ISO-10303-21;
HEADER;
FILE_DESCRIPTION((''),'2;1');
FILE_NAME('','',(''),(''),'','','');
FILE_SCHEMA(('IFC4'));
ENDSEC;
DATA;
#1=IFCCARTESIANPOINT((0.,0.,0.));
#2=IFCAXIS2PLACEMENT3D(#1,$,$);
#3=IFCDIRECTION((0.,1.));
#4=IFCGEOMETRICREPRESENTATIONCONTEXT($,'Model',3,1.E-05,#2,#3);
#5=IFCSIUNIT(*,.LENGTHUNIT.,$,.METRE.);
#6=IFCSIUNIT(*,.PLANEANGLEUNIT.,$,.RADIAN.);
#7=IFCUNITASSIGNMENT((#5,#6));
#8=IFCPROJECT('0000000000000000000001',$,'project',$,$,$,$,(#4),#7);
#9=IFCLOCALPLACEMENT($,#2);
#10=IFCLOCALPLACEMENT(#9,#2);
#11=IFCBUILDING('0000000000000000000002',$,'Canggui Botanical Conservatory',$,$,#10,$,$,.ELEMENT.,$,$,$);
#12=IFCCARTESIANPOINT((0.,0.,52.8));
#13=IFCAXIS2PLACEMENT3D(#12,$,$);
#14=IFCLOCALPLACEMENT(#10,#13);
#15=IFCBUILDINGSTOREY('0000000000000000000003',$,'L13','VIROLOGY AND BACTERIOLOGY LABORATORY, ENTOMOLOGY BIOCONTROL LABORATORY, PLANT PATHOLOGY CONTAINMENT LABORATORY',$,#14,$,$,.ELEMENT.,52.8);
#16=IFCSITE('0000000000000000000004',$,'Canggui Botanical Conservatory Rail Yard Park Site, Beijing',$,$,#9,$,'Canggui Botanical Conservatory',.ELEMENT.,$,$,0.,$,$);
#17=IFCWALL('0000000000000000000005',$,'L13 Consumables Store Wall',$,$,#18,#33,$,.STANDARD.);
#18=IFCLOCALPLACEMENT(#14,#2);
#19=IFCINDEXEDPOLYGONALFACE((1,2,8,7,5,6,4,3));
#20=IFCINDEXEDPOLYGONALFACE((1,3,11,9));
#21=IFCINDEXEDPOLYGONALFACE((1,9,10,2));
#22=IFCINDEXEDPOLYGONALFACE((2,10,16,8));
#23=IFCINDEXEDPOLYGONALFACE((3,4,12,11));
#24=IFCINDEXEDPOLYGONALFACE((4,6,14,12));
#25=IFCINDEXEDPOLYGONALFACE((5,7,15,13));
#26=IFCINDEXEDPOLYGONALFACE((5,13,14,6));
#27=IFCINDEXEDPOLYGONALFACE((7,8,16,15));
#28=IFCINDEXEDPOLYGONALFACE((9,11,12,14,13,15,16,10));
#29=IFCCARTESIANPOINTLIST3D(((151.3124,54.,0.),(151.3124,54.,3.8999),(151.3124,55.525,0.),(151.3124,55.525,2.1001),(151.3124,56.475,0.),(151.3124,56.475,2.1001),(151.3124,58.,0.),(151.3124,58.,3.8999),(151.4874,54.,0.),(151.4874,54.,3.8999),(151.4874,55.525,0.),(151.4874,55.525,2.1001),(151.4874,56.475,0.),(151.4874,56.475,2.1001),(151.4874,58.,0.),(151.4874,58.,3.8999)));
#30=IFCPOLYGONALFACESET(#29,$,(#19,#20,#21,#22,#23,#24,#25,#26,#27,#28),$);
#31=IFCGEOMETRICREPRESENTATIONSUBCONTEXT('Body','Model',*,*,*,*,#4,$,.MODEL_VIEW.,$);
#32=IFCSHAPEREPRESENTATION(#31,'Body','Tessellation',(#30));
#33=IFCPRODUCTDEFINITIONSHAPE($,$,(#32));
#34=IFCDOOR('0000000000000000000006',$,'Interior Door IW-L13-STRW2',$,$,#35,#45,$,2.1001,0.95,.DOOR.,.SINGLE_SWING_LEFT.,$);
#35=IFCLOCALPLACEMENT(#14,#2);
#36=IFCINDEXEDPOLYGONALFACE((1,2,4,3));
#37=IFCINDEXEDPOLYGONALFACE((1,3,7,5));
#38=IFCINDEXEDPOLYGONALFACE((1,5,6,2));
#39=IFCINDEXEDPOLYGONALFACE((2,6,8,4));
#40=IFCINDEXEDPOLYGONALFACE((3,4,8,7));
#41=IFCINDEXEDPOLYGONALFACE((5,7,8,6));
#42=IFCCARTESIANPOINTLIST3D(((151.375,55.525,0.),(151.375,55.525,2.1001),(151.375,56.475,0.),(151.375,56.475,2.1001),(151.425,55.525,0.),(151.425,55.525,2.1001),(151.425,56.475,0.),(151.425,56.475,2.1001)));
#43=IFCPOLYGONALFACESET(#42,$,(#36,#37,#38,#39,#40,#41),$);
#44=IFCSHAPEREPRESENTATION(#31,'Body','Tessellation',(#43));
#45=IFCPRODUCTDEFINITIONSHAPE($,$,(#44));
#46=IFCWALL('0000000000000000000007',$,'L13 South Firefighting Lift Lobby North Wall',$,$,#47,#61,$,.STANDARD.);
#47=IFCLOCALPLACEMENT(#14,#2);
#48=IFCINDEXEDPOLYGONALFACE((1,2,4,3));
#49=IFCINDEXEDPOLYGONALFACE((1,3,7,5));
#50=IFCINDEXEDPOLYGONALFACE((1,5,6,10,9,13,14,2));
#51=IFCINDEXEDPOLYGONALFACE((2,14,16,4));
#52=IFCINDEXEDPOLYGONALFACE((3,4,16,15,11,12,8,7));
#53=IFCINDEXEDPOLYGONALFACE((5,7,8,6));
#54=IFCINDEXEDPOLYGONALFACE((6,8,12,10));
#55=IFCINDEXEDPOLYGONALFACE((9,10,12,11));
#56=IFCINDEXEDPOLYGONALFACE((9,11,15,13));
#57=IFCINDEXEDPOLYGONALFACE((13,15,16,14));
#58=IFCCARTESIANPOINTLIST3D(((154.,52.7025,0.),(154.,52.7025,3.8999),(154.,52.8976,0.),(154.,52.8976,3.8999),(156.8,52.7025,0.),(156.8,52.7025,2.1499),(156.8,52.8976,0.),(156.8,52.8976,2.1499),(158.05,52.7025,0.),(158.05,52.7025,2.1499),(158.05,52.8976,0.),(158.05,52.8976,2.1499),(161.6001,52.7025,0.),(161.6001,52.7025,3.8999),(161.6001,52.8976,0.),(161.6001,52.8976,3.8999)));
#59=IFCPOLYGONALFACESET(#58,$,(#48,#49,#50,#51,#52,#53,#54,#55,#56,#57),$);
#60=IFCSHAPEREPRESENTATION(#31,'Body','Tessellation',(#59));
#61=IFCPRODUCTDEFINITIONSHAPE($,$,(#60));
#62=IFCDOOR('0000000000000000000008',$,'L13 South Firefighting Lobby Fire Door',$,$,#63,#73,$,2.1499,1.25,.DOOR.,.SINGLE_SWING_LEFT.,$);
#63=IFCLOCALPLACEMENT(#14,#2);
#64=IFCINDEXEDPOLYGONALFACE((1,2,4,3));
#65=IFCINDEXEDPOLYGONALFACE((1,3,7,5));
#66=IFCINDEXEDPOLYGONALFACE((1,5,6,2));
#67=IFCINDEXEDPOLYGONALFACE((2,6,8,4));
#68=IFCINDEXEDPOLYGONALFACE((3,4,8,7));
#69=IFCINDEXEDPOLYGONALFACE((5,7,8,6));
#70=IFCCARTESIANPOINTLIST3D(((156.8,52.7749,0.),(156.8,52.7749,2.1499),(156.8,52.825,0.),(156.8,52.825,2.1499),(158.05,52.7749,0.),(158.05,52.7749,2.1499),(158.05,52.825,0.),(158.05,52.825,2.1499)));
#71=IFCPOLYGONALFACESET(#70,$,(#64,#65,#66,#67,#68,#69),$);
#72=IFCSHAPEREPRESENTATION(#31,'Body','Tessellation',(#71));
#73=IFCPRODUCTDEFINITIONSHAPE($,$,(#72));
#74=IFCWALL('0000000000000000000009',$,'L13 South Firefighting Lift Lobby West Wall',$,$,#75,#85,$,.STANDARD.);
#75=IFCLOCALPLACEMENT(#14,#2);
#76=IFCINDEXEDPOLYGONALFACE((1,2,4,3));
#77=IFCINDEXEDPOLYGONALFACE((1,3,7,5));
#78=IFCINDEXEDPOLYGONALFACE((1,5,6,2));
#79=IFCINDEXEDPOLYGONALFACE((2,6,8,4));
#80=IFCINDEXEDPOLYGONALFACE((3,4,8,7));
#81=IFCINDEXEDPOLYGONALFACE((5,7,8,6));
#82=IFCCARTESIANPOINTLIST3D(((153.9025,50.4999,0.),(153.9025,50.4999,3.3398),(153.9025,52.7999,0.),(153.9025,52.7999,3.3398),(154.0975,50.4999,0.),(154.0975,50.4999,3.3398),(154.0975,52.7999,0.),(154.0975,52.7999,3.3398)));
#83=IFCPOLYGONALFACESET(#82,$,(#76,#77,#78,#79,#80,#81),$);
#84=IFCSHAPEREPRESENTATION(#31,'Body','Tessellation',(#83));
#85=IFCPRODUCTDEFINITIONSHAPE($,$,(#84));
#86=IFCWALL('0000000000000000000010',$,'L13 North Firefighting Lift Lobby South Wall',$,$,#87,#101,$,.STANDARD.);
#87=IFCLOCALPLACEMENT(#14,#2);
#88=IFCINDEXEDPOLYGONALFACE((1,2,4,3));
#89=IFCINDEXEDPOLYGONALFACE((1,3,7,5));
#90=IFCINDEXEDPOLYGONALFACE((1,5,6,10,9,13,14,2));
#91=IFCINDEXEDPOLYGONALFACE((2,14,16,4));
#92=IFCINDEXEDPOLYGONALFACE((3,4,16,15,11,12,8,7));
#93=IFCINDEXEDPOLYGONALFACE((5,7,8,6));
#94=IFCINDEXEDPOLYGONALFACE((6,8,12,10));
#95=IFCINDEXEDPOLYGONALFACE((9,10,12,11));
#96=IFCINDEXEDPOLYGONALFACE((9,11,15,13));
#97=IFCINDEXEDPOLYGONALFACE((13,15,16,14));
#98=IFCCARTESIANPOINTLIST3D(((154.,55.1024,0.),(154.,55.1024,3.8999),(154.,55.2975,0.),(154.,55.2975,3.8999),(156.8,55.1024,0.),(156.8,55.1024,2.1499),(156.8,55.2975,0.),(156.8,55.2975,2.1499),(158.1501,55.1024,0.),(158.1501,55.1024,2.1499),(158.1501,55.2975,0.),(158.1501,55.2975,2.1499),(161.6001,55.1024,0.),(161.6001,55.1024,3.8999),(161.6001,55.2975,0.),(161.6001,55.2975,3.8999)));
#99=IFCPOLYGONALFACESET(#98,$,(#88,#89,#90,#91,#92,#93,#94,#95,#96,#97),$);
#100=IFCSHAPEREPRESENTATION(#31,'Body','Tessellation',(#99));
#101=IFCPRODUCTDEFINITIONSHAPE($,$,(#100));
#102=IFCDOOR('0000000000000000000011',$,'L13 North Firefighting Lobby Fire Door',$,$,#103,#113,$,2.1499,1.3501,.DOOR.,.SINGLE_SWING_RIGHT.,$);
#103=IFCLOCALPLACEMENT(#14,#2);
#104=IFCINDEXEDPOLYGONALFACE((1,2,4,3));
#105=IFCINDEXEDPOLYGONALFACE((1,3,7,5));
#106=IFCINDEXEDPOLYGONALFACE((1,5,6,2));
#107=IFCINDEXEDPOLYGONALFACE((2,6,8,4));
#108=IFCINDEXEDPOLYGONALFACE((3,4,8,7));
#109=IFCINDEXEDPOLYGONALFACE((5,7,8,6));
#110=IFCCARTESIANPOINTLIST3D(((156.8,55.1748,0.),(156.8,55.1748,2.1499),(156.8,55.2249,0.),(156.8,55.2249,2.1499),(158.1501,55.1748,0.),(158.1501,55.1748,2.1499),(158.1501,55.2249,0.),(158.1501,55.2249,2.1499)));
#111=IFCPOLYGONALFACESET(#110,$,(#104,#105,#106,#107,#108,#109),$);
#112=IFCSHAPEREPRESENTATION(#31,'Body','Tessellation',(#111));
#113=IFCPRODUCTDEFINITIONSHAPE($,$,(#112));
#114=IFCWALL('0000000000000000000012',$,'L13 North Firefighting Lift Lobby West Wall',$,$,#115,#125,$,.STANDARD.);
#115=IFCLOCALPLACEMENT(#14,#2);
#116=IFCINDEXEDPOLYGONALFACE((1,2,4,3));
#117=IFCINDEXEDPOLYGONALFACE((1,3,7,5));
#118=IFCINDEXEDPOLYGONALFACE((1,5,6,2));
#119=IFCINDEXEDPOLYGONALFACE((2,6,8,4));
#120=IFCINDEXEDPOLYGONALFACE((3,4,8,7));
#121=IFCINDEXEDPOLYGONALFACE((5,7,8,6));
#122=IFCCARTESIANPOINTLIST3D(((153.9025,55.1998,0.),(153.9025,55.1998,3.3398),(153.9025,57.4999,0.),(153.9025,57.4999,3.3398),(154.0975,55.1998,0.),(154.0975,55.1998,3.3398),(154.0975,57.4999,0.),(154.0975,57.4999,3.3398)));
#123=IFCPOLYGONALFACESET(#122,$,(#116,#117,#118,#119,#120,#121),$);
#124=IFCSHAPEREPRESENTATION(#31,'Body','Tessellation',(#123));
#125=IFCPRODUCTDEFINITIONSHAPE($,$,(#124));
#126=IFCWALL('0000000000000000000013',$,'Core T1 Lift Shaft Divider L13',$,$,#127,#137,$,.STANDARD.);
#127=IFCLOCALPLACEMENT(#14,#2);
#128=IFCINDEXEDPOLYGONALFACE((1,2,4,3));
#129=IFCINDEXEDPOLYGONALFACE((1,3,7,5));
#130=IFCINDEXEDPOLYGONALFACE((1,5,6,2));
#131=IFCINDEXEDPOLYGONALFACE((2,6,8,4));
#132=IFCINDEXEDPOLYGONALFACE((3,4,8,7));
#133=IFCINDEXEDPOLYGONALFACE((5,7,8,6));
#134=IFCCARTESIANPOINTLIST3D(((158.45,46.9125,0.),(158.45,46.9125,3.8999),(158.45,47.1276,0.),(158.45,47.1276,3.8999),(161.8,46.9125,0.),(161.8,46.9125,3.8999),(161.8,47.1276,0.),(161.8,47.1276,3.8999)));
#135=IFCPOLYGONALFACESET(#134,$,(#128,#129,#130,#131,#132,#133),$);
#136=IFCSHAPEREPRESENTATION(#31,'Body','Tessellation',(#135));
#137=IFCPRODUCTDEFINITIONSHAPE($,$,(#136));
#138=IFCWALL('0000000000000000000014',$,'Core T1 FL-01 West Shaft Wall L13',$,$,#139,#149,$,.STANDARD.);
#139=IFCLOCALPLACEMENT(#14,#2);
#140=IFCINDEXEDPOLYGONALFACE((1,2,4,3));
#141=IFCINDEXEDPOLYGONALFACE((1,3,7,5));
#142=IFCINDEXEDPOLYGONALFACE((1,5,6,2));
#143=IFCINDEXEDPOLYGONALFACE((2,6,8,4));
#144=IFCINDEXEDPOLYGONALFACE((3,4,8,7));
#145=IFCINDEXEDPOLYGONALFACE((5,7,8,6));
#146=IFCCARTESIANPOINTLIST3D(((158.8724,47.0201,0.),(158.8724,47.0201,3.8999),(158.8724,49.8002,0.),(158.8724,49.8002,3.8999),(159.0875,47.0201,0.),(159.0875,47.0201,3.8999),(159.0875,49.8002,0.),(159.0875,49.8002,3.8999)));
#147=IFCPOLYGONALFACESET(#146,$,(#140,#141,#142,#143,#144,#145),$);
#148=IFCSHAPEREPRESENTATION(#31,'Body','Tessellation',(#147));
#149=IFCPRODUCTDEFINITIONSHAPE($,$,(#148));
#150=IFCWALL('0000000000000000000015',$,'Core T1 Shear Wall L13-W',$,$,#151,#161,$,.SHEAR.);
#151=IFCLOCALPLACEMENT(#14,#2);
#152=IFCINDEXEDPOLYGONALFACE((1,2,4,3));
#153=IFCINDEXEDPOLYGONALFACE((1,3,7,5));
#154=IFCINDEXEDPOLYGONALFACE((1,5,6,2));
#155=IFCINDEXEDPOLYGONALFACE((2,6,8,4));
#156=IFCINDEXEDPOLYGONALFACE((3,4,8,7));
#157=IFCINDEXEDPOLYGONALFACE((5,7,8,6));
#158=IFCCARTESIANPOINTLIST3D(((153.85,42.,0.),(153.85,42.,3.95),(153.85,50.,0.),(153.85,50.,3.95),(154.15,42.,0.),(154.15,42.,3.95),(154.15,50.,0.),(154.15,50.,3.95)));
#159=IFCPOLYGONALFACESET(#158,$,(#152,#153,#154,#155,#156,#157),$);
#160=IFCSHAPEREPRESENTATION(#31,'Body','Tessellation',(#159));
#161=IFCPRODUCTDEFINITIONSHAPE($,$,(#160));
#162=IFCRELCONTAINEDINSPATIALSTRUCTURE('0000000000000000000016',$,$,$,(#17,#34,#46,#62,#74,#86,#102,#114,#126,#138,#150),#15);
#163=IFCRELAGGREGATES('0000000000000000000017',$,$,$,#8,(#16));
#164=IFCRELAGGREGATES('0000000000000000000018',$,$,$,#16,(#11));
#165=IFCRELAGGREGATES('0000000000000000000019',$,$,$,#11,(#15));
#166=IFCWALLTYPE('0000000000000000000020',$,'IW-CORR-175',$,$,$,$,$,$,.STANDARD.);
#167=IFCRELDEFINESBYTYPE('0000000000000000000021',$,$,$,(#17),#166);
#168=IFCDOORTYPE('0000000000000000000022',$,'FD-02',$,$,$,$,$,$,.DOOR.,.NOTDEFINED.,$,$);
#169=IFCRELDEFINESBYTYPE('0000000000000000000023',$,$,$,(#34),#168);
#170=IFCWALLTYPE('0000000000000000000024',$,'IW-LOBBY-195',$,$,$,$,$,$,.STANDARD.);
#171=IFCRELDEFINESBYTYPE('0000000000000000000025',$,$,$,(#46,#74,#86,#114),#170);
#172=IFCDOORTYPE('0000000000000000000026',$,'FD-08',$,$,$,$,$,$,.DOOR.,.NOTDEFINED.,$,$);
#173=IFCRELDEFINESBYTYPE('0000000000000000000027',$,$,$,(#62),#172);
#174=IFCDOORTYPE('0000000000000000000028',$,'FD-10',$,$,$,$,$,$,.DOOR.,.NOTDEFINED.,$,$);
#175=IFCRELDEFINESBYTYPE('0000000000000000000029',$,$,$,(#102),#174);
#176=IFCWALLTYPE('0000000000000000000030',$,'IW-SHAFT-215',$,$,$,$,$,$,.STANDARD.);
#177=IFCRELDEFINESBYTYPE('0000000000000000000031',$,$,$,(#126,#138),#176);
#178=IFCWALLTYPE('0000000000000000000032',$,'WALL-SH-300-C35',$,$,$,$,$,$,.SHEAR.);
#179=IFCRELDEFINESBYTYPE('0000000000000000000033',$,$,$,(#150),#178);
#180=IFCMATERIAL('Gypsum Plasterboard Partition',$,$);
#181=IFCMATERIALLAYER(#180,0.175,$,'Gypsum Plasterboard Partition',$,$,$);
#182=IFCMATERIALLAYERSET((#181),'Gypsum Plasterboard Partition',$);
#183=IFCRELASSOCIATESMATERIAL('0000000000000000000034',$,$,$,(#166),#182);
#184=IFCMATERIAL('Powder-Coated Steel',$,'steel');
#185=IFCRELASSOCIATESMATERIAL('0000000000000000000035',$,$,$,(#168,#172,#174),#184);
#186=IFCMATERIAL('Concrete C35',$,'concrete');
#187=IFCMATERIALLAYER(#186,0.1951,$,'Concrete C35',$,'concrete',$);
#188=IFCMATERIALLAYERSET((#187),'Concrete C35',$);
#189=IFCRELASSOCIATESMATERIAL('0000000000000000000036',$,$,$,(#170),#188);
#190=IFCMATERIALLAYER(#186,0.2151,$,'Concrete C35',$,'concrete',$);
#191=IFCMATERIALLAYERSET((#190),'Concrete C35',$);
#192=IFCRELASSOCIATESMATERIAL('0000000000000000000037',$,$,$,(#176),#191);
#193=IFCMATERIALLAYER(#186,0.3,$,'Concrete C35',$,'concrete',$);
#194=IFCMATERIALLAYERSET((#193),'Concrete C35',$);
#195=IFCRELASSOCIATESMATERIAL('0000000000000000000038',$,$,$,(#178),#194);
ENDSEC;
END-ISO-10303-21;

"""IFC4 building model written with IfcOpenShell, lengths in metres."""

from ifc_helpers import new_model, si_unit, direction, frame, frame_2d, origin, place, context, subcontext, project, spatial, rectangle, extrude, material, layer, layer_set, type_object, element, fill, save


model = new_model("IFC4")

# Units and contexts
model_context = context("Model", 3, precision=1e-05, world=origin(), true_north=direction((0.0, 1.0)))
body_context = subcontext(model_context, "Body", "Model", "MODEL_VIEW")
ifc_project = project(units=[si_unit("LENGTHUNIT", "METRE"), si_unit("PLANEANGLEUNIT", "RADIAN")], contexts=[model_context])

# Site, building, storey
site_placement = place(None, origin())
site = spatial("IfcSite", under=ifc_project, at=site_placement, Name="Canggui Botanical Conservatory Rail Yard Park Site, Beijing", LongName="Canggui Botanical Conservatory", CompositionType="ELEMENT", RefElevation=0.0)
building_placement = place(site_placement, origin())
building = spatial("IfcBuilding", under=site, at=building_placement, Name="Canggui Botanical Conservatory", CompositionType="ELEMENT")
storey_placement = place(building_placement, frame((0.0, 0.0, 52.8)))
storey = spatial("IfcBuildingStorey", under=building, at=storey_placement, Name="L13", Description="VIROLOGY AND BACTERIOLOGY LABORATORY, ENTOMOLOGY BIOCONTROL LABORATORY, PLANT PATHOLOGY CONTAINMENT LABORATORY", CompositionType="ELEMENT", Elevation=52.8)

# Shared definitions
ifc_material_1 = material(Name="Concrete C35", Category="concrete")

# Walls, openings, doors
ifc_material_2 = material(Name="Gypsum Plasterboard Partition")
ifc_layer_1 = layer(ifc_material_2, 0.175, Name="Gypsum Plasterboard Partition")
ifc_layer_set_1 = layer_set([ifc_layer_1], Name="Gypsum Plasterboard Partition")
wall_type_1 = type_object("IfcWallType", Name="IW-CORR-175", PredefinedType="STANDARD", material=ifc_layer_set_1)
ifc_material_3 = material(Name="Powder-Coated Steel", Category="steel")
wall_1_placement = place(storey_placement, frame((151.3999, 54.0, 0.0), z_axis=(0.0, 0.0, 1.0), x_axis=(0.0, 1.0, 0.0)))
wall_1 = element("IfcWall", 1, at=wall_1_placement, inside=storey, type_object=wall_type_1, Name="L13 Consumables Store Wall", PredefinedType="STANDARD", context=body_context, shape_type="SweptSolid", body=[
    extrude(rectangle(XDim=4.0, YDim=0.175, at=frame_2d((2.0, 0.0))), origin(), (0.0, 0.0, 1.0), 3.8999),
])
opening_1_placement = place(wall_1_placement, frame((1.5249, 0.0, 0.0)))
opening_1 = element("IfcOpeningElement", 2, at=opening_1_placement, cuts=wall_1, PredefinedType="OPENING", context=body_context, shape_type="SweptSolid", body=[
    extrude(rectangle(XDim=0.95, YDim=2.1001, at=frame_2d((0.4751, 1.05))), frame((0.0, 0.0977, 0.0), z_axis=(0.0, -1.0, 0.0), x_axis=(1.0, 0.0, 0.0)), (0.0, 0.0, 1.0), 0.1951),
])
door_type_1 = type_object("IfcDoorType", Name="FD-02", OperationType="NOTDEFINED", PredefinedType="DOOR", material=ifc_material_3)
door_1_placement = place(opening_1_placement, origin())
door_1 = element("IfcDoor", 3, at=door_1_placement, inside=storey, type_object=door_type_1, Name="Interior Door IW-L13-STRW2", OperationType="SINGLE_SWING_LEFT", OverallHeight=2.1001, OverallWidth=0.95, PredefinedType="DOOR", context=body_context, shape_type="SweptSolid", body=[
    extrude(rectangle(XDim=0.95, YDim=2.1001, at=frame_2d((0.4751, 1.05))), frame((0.0, 0.0249, 0.0), z_axis=(0.0, -1.0, 0.0), x_axis=(1.0, 0.0, 0.0)), (0.0, 0.0, 1.0), 0.05),
])
fill(opening_1, door_1)
ifc_layer_2 = layer(ifc_material_1, 0.1951, Name="Concrete C35", Category="concrete")
ifc_layer_set_2 = layer_set([ifc_layer_2], Name="Concrete C35")
wall_type_2 = type_object("IfcWallType", Name="IW-LOBBY-195", PredefinedType="STANDARD", material=ifc_layer_set_2)
wall_2_placement = place(storey_placement, frame((154.0, 52.8, 0.0), z_axis=(0.0, 0.0, 1.0), x_axis=(1.0, 0.0, 0.0)))
wall_2 = element("IfcWall", 4, at=wall_2_placement, inside=storey, type_object=wall_type_2, Name="L13 South Firefighting Lift Lobby North Wall", PredefinedType="STANDARD", context=body_context, shape_type="SweptSolid", body=[
    extrude(rectangle(XDim=7.6001, YDim=0.1951, at=frame_2d((3.8, 0.0))), origin(), (0.0, 0.0, 1.0), 3.8999),
])
opening_2_placement = place(wall_2_placement, frame((2.8, 0.0, 0.0)))
opening_2 = element("IfcOpeningElement", 5, at=opening_2_placement, cuts=wall_2, PredefinedType="OPENING", context=body_context, shape_type="SweptSolid", body=[
    extrude(rectangle(XDim=1.25, YDim=2.1499, at=frame_2d((0.625, 1.075))), frame((0.0, 0.1074, 0.0), z_axis=(0.0, -1.0, 0.0), x_axis=(1.0, 0.0, 0.0)), (0.0, 0.0, 1.0), 0.2151),
])
door_type_2 = type_object("IfcDoorType", Name="FD-08", OperationType="NOTDEFINED", PredefinedType="DOOR", material=ifc_material_3)
door_2_placement = place(opening_2_placement, origin())
door_2 = element("IfcDoor", 6, at=door_2_placement, inside=storey, type_object=door_type_2, Name="L13 South Firefighting Lobby Fire Door", OperationType="SINGLE_SWING_LEFT", OverallHeight=2.1499, OverallWidth=1.25, PredefinedType="DOOR", context=body_context, shape_type="SweptSolid", body=[
    extrude(rectangle(XDim=1.25, YDim=2.1499, at=frame_2d((0.625, 1.075))), frame((0.0, 0.0249, 0.0), z_axis=(0.0, -1.0, 0.0), x_axis=(1.0, 0.0, 0.0)), (0.0, 0.0, 1.0), 0.05),
])
fill(opening_2, door_2)

# Wall
wall_3_placement = place(storey_placement, frame((154.0, 50.5, 0.0), z_axis=(0.0, 0.0, 1.0), x_axis=(0.0, 1.0, 0.0)))
element("IfcWall", 7, at=wall_3_placement, inside=storey, type_object=wall_type_2, Name="L13 South Firefighting Lift Lobby West Wall", PredefinedType="STANDARD", context=body_context, shape_type="SweptSolid", body=[
    extrude(rectangle(XDim=2.3, YDim=0.1951, at=frame_2d((1.1499, 0.0))), origin(), (0.0, 0.0, 1.0), 3.3398),
])

# Wall, opening, door
wall_4_placement = place(storey_placement, frame((154.0, 55.2, 0.0), z_axis=(0.0, 0.0, 1.0), x_axis=(1.0, 0.0, 0.0)))
wall_4 = element("IfcWall", 8, at=wall_4_placement, inside=storey, type_object=wall_type_2, Name="L13 North Firefighting Lift Lobby South Wall", PredefinedType="STANDARD", context=body_context, shape_type="SweptSolid", body=[
    extrude(rectangle(XDim=7.6001, YDim=0.1951, at=frame_2d((3.8, 0.0))), origin(), (0.0, 0.0, 1.0), 3.8999),
])
opening_3_placement = place(wall_4_placement, frame((2.8, 0.0, 0.0)))
opening_3 = element("IfcOpeningElement", 9, at=opening_3_placement, cuts=wall_4, PredefinedType="OPENING", context=body_context, shape_type="SweptSolid", body=[
    extrude(rectangle(XDim=1.3501, YDim=2.1499, at=frame_2d((0.675, 1.075))), frame((0.0, 0.1074, 0.0), z_axis=(0.0, -1.0, 0.0), x_axis=(1.0, 0.0, 0.0)), (0.0, 0.0, 1.0), 0.2151),
])
door_type_3 = type_object("IfcDoorType", Name="FD-10", OperationType="NOTDEFINED", PredefinedType="DOOR", material=ifc_material_3)
door_3_placement = place(opening_3_placement, origin())
door_3 = element("IfcDoor", 10, at=door_3_placement, inside=storey, type_object=door_type_3, Name="L13 North Firefighting Lobby Fire Door", OperationType="SINGLE_SWING_RIGHT", OverallHeight=2.1499, OverallWidth=1.3501, PredefinedType="DOOR", context=body_context, shape_type="SweptSolid", body=[
    extrude(rectangle(XDim=1.3501, YDim=2.1499, at=frame_2d((0.675, 1.075))), frame((0.0, 0.0249, 0.0), z_axis=(0.0, -1.0, 0.0), x_axis=(1.0, 0.0, 0.0)), (0.0, 0.0, 1.0), 0.05),
])
fill(opening_3, door_3)

# Walls
wall_5_placement = place(storey_placement, frame((154.0, 55.2, 0.0), z_axis=(0.0, 0.0, 1.0), x_axis=(0.0, 1.0, 0.0)))
element("IfcWall", 11, at=wall_5_placement, inside=storey, type_object=wall_type_2, Name="L13 North Firefighting Lift Lobby West Wall", PredefinedType="STANDARD", context=body_context, shape_type="SweptSolid", body=[
    extrude(rectangle(XDim=2.3, YDim=0.1951, at=frame_2d((1.1499, 0.0))), origin(), (0.0, 0.0, 1.0), 3.3398),
])
ifc_layer_3 = layer(ifc_material_1, 0.2151, Name="Concrete C35", Category="concrete")
ifc_layer_set_3 = layer_set([ifc_layer_3], Name="Concrete C35")
wall_type_3 = type_object("IfcWallType", Name="IW-SHAFT-215", PredefinedType="STANDARD", material=ifc_layer_set_3)
wall_6_placement = place(storey_placement, frame((158.45, 47.02, 0.0), z_axis=(0.0, 0.0, 1.0), x_axis=(1.0, 0.0, 0.0)))
element("IfcWall", 12, at=wall_6_placement, inside=storey, type_object=wall_type_3, Name="Core T1 Lift Shaft Divider L13", PredefinedType="STANDARD", context=body_context, shape_type="SweptSolid", body=[
    extrude(rectangle(XDim=3.3501, YDim=0.2151, at=frame_2d((1.675, 0.0))), origin(), (0.0, 0.0, 1.0), 3.8999),
])
wall_7_placement = place(storey_placement, frame((158.98, 47.02, 0.0), z_axis=(0.0, 0.0, 1.0), x_axis=(0.0, 1.0, 0.0)))
element("IfcWall", 13, at=wall_7_placement, inside=storey, type_object=wall_type_3, Name="Core T1 FL-01 West Shaft Wall L13", PredefinedType="STANDARD", context=body_context, shape_type="SweptSolid", body=[
    extrude(rectangle(XDim=2.78, YDim=0.2151, at=frame_2d((1.3901, 0.0))), origin(), (0.0, 0.0, 1.0), 3.8999),
])
ifc_layer_4 = layer(ifc_material_1, 0.3, Name="Concrete C35", Category="concrete")
ifc_layer_set_4 = layer_set([ifc_layer_4], Name="Concrete C35")
wall_type_4 = type_object("IfcWallType", Name="WALL-SH-300-C35", PredefinedType="SHEAR", material=ifc_layer_set_4)
wall_8_placement = place(storey_placement, frame((154.0, 50.0, 0.0), z_axis=(0.0, 0.0, 1.0), x_axis=(0.0, -1.0, 0.0)))
element("IfcWall", 14, at=wall_8_placement, inside=storey, type_object=wall_type_4, Name="Core T1 Shear Wall L13-W", PredefinedType="SHEAR", context=body_context, shape_type="SweptSolid", body=[
    extrude(rectangle(XDim=8.0, YDim=0.3, at=frame_2d((4.0, 0.0))), origin(), (0.0, 0.0, 1.0), 3.95),
])

save(model, "model.ifc")
